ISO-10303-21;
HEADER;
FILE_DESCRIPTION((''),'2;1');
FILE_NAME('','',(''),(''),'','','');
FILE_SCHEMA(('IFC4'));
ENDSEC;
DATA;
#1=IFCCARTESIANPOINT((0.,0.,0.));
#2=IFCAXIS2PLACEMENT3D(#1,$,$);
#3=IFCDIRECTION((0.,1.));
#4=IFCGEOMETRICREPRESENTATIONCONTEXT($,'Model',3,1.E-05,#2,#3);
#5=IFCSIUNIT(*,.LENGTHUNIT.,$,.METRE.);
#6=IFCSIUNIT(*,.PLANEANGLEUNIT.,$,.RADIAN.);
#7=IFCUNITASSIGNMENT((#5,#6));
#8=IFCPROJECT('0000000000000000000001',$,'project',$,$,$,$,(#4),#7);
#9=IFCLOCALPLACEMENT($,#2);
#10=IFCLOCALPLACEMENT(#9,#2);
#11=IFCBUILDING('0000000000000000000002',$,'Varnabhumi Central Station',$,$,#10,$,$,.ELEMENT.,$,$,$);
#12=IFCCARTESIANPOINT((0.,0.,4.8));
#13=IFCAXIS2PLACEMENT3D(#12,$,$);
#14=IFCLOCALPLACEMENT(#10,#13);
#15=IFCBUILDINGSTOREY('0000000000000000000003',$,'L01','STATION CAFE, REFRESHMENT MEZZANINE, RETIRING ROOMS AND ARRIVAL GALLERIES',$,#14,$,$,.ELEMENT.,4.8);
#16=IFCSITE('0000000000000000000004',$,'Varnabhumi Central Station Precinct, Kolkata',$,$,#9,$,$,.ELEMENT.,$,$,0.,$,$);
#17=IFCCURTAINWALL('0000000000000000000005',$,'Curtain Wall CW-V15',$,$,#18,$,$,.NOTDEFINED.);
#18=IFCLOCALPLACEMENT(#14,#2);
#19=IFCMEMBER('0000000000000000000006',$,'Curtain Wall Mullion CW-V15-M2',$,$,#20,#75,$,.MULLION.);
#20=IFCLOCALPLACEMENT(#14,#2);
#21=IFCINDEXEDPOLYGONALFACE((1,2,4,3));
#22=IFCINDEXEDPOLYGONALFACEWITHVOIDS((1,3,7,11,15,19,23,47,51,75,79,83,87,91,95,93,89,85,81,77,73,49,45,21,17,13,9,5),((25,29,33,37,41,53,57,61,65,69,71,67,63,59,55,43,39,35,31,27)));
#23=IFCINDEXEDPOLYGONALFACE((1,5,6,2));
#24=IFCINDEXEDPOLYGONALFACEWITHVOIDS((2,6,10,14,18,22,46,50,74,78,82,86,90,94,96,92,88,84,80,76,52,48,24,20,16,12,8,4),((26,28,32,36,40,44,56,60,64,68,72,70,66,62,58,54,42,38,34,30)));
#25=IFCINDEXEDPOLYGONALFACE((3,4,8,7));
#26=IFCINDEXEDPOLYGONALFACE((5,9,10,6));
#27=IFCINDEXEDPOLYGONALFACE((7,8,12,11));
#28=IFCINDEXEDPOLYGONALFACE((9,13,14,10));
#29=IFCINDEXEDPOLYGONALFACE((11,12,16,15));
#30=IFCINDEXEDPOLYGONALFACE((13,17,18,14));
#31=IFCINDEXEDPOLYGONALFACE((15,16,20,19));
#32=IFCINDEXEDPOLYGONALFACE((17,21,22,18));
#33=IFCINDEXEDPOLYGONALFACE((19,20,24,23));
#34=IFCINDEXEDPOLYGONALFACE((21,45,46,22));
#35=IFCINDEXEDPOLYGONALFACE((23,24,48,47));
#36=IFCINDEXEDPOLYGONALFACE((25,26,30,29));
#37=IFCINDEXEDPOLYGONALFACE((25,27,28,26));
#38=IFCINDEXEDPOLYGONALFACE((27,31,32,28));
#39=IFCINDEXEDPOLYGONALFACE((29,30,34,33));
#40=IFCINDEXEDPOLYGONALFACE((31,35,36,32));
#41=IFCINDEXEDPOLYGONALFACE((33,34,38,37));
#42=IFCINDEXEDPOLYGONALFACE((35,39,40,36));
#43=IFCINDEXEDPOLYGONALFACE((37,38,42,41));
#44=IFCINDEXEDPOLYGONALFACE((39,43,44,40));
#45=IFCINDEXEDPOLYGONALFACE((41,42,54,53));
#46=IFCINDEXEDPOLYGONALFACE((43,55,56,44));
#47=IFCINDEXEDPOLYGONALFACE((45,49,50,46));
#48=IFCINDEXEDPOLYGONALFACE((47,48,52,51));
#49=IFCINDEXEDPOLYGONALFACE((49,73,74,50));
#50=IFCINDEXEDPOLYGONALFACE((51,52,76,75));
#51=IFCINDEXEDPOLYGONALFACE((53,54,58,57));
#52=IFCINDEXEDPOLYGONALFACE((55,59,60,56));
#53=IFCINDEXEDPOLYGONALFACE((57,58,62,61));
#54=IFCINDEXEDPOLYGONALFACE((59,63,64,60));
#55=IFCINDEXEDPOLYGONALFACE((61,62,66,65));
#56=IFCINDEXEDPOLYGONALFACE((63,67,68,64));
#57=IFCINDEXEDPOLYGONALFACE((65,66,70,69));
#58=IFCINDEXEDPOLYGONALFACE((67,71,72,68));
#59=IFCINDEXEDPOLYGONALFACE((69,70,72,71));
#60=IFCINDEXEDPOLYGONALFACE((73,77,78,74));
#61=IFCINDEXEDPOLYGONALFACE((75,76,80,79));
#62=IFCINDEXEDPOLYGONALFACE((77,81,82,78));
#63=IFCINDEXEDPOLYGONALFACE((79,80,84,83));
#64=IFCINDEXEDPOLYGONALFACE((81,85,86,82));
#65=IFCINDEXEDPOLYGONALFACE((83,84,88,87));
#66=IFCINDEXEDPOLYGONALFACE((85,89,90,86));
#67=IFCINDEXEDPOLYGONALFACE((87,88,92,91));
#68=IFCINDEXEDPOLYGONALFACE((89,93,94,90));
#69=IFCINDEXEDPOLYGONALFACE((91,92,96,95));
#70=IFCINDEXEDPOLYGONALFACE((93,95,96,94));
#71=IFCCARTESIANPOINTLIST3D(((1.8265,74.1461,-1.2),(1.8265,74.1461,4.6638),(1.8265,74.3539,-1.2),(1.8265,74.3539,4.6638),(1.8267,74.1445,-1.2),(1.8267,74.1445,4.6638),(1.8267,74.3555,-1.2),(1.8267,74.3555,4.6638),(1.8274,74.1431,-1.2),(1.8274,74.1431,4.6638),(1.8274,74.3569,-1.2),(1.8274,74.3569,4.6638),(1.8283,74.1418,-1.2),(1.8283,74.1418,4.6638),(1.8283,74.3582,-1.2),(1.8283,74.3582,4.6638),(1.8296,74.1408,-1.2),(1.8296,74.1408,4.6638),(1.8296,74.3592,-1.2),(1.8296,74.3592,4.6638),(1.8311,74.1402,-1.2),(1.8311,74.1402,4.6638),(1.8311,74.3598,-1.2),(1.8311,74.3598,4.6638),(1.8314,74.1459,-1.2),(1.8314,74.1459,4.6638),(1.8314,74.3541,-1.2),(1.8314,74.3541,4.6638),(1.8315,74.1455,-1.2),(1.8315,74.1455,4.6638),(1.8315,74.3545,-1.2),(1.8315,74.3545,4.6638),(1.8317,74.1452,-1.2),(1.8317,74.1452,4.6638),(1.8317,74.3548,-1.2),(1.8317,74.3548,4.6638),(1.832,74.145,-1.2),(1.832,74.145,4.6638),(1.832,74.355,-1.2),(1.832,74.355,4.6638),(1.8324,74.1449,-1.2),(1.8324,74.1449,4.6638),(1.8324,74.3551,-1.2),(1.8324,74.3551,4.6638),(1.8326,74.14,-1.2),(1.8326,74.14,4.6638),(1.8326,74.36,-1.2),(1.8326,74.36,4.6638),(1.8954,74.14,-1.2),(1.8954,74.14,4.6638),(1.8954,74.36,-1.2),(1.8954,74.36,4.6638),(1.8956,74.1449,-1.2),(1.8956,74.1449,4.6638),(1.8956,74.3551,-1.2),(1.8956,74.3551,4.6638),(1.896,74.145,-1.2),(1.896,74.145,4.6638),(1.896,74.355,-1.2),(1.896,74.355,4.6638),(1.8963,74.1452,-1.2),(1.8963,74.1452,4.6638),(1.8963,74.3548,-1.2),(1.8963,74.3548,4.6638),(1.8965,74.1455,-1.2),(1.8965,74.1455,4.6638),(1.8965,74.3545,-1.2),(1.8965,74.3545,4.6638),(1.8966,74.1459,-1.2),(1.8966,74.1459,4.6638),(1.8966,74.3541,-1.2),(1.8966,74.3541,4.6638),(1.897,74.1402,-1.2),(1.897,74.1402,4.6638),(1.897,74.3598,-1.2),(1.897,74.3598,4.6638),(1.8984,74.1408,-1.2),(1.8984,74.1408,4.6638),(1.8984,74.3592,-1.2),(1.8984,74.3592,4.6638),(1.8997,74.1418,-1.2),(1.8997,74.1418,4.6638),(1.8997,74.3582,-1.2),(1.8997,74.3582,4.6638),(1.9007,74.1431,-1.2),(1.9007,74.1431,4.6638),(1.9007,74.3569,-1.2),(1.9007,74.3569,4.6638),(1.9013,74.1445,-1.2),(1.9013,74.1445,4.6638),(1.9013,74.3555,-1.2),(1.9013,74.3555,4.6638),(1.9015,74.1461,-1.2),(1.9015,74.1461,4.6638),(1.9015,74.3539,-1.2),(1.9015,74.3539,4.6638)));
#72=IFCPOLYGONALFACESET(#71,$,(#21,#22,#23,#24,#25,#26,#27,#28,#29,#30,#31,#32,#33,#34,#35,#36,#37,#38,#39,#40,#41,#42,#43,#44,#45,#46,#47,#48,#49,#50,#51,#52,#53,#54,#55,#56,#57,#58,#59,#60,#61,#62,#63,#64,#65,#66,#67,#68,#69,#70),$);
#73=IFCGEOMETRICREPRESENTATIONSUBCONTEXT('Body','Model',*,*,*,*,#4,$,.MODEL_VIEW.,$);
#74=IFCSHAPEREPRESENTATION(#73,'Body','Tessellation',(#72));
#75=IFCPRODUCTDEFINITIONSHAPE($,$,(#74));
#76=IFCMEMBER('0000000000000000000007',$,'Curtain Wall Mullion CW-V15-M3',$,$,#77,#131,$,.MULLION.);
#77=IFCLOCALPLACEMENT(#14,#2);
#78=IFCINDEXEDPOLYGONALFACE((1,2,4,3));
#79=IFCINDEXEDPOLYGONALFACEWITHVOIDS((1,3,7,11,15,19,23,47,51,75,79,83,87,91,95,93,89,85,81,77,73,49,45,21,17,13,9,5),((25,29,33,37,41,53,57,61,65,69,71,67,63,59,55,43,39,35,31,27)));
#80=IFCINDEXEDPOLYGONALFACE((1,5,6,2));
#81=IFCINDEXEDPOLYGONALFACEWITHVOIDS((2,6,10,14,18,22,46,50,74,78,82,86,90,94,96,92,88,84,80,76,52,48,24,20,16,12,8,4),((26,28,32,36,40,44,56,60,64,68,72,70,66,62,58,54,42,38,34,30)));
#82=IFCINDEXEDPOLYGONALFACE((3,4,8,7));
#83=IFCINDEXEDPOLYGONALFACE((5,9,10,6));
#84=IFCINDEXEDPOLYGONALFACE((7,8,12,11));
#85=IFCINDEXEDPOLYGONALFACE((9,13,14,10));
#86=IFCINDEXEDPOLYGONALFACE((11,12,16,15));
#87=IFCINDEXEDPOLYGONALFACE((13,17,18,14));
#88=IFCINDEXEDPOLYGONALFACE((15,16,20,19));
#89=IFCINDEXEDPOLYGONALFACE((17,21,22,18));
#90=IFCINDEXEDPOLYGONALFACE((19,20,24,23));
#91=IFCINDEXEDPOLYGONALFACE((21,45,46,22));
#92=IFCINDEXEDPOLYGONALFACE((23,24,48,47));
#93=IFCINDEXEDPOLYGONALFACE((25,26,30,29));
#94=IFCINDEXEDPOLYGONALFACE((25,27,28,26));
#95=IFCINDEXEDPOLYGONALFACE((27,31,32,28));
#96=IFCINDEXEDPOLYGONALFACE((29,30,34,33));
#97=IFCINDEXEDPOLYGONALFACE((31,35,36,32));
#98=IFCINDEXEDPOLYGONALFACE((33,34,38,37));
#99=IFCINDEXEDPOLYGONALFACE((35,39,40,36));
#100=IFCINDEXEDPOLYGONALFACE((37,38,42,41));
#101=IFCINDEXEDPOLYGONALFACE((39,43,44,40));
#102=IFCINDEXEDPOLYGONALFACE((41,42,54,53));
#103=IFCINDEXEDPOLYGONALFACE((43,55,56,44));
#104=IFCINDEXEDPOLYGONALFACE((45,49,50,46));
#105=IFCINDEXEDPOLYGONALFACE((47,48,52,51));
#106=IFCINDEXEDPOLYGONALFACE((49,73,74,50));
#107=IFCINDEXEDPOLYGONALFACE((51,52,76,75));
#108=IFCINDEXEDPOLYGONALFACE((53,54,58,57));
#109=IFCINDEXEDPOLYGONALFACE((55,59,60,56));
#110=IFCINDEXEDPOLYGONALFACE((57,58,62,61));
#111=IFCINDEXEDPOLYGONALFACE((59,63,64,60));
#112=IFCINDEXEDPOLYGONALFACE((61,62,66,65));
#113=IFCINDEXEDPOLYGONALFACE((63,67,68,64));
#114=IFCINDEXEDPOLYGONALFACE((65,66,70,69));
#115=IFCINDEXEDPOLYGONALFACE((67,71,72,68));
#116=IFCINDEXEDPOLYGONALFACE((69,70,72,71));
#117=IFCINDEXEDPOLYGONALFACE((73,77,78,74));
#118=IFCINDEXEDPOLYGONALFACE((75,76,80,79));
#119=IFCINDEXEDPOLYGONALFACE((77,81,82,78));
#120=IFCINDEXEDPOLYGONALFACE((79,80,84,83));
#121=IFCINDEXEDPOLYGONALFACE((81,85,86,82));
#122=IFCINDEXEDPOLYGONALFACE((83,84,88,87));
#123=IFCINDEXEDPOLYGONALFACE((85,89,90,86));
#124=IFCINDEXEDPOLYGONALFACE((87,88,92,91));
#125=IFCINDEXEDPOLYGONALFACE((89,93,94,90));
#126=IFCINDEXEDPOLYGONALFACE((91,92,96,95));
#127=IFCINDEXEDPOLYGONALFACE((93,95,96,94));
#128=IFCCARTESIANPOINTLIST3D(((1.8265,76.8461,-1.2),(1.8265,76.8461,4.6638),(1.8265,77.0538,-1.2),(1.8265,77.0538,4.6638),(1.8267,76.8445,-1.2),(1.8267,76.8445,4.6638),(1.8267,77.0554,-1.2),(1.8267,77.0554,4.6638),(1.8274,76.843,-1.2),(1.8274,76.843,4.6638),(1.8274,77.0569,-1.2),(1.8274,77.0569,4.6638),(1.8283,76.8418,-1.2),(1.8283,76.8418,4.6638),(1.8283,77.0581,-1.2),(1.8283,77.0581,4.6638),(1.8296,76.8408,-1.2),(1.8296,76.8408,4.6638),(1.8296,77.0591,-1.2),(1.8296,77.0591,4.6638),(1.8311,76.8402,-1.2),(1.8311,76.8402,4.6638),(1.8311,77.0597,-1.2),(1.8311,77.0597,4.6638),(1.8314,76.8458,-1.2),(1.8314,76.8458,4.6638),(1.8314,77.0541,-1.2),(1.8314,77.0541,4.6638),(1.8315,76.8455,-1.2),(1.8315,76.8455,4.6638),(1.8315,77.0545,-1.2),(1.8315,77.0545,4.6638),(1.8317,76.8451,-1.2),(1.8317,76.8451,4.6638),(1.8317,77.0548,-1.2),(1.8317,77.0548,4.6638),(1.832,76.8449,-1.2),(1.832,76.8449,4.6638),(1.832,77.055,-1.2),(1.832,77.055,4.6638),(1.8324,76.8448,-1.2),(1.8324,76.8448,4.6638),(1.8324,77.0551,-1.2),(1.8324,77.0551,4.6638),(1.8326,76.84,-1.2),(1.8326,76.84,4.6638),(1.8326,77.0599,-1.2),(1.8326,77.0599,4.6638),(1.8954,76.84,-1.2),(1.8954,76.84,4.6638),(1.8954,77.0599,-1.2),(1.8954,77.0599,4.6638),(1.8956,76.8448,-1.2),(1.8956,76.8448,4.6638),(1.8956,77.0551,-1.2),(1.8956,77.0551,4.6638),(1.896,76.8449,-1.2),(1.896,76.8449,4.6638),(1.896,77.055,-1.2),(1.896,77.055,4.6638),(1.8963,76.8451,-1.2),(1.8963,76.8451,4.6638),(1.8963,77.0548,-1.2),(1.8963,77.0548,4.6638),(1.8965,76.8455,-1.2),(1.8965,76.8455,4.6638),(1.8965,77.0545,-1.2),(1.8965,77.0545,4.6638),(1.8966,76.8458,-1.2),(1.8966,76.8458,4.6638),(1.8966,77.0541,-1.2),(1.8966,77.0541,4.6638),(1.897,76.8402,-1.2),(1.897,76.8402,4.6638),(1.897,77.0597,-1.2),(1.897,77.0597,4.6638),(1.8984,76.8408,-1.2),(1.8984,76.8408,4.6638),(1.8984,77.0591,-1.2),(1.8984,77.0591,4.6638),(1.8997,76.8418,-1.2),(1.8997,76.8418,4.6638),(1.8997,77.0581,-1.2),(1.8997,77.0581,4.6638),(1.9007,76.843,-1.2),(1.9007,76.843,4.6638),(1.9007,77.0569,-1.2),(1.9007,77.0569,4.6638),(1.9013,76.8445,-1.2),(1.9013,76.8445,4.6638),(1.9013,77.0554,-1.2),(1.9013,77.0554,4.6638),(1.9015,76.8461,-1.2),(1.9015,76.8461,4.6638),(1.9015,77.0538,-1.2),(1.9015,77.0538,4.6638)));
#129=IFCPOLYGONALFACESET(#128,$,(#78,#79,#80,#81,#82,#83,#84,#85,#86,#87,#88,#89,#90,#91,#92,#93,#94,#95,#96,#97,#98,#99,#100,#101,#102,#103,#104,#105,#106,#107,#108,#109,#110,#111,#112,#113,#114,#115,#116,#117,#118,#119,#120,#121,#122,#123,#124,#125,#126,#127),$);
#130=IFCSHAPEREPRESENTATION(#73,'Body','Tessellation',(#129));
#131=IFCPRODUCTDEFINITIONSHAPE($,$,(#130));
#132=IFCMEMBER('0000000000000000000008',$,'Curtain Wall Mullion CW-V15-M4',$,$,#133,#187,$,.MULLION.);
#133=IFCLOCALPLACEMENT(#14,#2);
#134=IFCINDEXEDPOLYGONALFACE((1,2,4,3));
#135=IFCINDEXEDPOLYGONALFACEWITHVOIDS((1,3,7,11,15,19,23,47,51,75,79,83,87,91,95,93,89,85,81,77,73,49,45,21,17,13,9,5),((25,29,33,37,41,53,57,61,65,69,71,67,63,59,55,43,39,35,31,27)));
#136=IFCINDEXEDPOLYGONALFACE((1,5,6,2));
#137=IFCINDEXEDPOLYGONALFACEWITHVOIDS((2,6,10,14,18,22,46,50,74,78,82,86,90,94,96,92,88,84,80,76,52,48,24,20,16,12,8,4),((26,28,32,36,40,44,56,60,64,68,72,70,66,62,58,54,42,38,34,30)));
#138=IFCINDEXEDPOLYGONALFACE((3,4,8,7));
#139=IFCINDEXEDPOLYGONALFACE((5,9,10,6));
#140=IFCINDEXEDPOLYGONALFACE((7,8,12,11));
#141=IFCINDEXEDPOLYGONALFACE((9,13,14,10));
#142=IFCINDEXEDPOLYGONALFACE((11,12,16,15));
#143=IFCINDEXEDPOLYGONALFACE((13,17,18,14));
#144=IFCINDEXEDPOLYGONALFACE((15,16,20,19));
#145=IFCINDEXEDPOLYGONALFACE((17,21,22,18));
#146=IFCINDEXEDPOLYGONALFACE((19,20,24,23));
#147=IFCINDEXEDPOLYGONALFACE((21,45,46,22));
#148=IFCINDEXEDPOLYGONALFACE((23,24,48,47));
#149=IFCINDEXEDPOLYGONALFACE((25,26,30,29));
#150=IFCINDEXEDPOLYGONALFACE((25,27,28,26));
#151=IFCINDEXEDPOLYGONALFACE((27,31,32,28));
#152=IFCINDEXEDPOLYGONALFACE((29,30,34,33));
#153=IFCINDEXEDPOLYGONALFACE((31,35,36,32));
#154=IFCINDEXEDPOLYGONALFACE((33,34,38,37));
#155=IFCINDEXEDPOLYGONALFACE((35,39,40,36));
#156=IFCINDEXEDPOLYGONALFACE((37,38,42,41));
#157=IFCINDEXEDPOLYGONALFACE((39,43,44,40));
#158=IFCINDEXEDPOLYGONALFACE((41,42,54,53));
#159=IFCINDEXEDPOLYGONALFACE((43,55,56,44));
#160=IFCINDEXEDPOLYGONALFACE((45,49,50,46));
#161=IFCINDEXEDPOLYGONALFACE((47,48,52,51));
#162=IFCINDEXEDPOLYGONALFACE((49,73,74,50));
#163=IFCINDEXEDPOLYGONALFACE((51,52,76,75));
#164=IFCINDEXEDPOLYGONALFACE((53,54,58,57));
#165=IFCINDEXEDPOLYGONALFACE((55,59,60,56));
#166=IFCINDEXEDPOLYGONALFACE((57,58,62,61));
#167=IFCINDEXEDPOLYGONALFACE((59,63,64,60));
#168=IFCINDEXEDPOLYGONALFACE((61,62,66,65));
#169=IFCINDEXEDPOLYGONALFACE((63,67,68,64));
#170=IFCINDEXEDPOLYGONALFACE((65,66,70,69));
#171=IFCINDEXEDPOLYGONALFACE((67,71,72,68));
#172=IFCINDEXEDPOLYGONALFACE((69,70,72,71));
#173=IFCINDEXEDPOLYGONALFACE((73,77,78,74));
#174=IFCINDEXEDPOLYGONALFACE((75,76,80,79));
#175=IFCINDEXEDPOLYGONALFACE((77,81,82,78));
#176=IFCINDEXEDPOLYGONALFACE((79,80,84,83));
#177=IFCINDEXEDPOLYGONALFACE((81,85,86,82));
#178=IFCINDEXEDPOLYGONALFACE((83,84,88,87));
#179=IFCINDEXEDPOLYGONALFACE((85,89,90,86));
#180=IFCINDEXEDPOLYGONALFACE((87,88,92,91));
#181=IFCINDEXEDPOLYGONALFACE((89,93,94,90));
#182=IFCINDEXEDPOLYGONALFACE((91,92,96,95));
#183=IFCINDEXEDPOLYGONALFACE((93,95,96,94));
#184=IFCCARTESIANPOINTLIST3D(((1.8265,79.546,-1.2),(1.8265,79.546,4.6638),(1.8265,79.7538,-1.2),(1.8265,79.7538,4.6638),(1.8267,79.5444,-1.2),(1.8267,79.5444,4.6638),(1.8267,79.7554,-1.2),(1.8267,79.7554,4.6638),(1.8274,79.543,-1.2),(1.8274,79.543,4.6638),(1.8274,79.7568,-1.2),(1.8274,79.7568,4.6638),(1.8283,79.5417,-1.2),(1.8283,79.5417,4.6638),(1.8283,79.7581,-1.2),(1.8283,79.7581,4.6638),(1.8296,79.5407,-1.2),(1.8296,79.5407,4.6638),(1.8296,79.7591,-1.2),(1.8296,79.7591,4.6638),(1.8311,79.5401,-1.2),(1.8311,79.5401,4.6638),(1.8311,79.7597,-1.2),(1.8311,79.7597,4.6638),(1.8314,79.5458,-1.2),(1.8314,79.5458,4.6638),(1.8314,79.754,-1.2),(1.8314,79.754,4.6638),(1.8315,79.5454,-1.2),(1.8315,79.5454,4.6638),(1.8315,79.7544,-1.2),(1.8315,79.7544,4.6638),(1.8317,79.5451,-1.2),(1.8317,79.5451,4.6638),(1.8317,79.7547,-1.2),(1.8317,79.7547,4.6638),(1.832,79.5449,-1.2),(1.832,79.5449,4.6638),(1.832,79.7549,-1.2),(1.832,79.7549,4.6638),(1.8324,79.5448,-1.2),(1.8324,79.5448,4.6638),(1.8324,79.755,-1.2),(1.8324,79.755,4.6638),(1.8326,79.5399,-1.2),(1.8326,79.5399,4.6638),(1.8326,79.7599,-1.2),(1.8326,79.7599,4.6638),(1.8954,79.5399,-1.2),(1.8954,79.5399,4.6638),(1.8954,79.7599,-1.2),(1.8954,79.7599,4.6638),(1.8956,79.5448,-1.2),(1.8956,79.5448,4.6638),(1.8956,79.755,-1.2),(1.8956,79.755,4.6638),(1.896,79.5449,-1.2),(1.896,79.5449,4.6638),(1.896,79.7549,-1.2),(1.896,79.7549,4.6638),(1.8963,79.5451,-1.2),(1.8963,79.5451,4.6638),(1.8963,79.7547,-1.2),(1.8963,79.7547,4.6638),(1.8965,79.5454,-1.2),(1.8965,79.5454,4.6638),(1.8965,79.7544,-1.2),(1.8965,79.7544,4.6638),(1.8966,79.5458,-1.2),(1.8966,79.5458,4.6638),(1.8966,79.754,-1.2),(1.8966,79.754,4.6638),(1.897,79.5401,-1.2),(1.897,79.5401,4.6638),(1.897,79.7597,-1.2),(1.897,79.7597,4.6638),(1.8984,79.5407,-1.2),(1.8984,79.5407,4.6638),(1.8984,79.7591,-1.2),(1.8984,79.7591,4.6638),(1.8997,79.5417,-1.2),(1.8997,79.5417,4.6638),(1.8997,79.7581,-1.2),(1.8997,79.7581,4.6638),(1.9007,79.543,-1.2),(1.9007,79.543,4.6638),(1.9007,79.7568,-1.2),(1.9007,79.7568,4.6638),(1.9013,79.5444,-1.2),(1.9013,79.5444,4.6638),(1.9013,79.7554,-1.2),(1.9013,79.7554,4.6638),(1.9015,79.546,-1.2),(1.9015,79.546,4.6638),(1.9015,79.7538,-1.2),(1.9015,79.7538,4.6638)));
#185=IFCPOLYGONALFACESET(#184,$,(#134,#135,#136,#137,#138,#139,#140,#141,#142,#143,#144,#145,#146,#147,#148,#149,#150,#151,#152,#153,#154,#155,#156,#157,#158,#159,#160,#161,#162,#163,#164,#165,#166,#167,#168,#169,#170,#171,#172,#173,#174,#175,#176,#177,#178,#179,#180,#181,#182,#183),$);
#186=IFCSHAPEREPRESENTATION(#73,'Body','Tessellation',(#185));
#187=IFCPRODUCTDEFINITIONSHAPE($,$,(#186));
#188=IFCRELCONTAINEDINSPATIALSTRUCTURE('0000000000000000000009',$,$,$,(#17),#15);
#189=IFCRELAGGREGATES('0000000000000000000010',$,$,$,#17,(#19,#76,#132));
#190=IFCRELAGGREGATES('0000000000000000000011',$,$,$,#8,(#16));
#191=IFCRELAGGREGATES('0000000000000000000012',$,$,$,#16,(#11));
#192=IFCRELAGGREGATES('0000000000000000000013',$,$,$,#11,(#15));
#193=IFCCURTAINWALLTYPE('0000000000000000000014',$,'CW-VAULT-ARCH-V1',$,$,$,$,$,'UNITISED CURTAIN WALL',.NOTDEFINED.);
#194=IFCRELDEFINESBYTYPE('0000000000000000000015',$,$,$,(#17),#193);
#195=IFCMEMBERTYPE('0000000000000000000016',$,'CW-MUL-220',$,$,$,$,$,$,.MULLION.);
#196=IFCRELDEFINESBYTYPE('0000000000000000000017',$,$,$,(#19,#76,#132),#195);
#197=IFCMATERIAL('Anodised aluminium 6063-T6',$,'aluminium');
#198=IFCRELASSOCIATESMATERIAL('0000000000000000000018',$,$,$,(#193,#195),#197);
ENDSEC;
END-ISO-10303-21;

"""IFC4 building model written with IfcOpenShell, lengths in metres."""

from ifc_helpers import new_model, si_unit, direction, frame, origin, origin_2d, place, context, subcontext, project, spatial, hollow_rectangle, extrude, material, material_profile, profile_set, type_object, element, aggregate, save


model = new_model("IFC4")

# Units and contexts
model_context = context("Model", 3, precision=1e-05, world=origin(), true_north=direction((0.0, 1.0)))
body_context = subcontext(model_context, "Body", "Model", "MODEL_VIEW")
ifc_project = project(units=[si_unit("LENGTHUNIT", "METRE"), si_unit("PLANEANGLEUNIT", "RADIAN")], contexts=[model_context])

# Site, building, storey
site_placement = place(None, origin())
site = spatial("IfcSite", under=ifc_project, at=site_placement, Name="Varnabhumi Central Station Precinct, Kolkata", CompositionType="ELEMENT", RefElevation=0.0)
building_placement = place(site_placement, origin())
building = spatial("IfcBuilding", under=site, at=building_placement, Name="Varnabhumi Central Station", CompositionType="ELEMENT")
storey_placement = place(building_placement, frame((0.0, 0.0, 4.8)))
storey = spatial("IfcBuildingStorey", under=building, at=storey_placement, Name="L01", Description="STATION CAFE, REFRESHMENT MEZZANINE, RETIRING ROOMS AND ARRIVAL GALLERIES", CompositionType="ELEMENT", Elevation=4.8)

# Curtain wall, members
ifc_material_1 = material(Name="Anodised aluminium 6063-T6", Category="aluminium")
curtain_wall_type = type_object("IfcCurtainWallType", Name="CW-VAULT-ARCH-V1", ElementType="UNITISED CURTAIN WALL", PredefinedType="NOTDEFINED", material=ifc_material_1)
curtain_wall_placement = place(storey_placement, origin())
curtain_wall = element("IfcCurtainWall", 1, at=curtain_wall_placement, inside=storey, type_object=curtain_wall_type, Name="Curtain Wall CW-V15", PredefinedType="NOTDEFINED")
ifc_material_profile_1 = material_profile(ifc_material_1, hollow_rectangle(XDim=0.075, YDim=0.22, WallThickness=0.0049, InnerFilletRadius=0.001, OuterFilletRadius=0.0061, at=origin_2d()), Name="Anodised aluminium 6063-T6", Category="aluminium")
ifc_profile_set_1 = profile_set([ifc_material_profile_1], Name="Anodised aluminium 6063-T6")
member_type_1 = type_object("IfcMemberType", Name="CW-MUL-220", PredefinedType="MULLION", material=ifc_profile_set_1)
member_1_placement = place(storey_placement, frame((1.864, 74.25, -1.2), z_axis=(0.0, 0.0, 1.0), x_axis=(1.0, 0.0, 0.0)))
member_1 = element("IfcMember", 2, at=member_1_placement, type_object=member_type_1, Name="Curtain Wall Mullion CW-V15-M2", PredefinedType="MULLION", context=body_context, shape_type="SweptSolid", body=[
    extrude(hollow_rectangle(XDim=0.075, YDim=0.22, WallThickness=0.0049, InnerFilletRadius=0.001, OuterFilletRadius=0.0061, at=origin_2d()), origin(), (0.0, 0.0, 1.0), 5.8638),
])
member_2_placement = place(storey_placement, frame((1.864, 76.95, -1.2), z_axis=(0.0, 0.0, 1.0), x_axis=(1.0, 0.0, 0.0)))
member_2 = element("IfcMember", 3, at=member_2_placement, type_object=member_type_1, Name="Curtain Wall Mullion CW-V15-M3", PredefinedType="MULLION", context=body_context, shape_type="SweptSolid", body=[
    extrude(hollow_rectangle(XDim=0.075, YDim=0.22, WallThickness=0.0049, InnerFilletRadius=0.001, OuterFilletRadius=0.0061, at=origin_2d()), origin(), (0.0, 0.0, 1.0), 5.8638),
])
member_3_placement = place(storey_placement, frame((1.864, 79.6499, -1.2), z_axis=(0.0, 0.0, 1.0), x_axis=(1.0, 0.0, 0.0)))
member_3 = element("IfcMember", 4, at=member_3_placement, type_object=member_type_1, Name="Curtain Wall Mullion CW-V15-M4", PredefinedType="MULLION", context=body_context, shape_type="SweptSolid", body=[
    extrude(hollow_rectangle(XDim=0.075, YDim=0.22, WallThickness=0.0049, InnerFilletRadius=0.001, OuterFilletRadius=0.0061, at=origin_2d()), origin(), (0.0, 0.0, 1.0), 5.8638),
])

aggregate(curtain_wall, [member_1, member_2, member_3])

save(model, "model.ifc")
